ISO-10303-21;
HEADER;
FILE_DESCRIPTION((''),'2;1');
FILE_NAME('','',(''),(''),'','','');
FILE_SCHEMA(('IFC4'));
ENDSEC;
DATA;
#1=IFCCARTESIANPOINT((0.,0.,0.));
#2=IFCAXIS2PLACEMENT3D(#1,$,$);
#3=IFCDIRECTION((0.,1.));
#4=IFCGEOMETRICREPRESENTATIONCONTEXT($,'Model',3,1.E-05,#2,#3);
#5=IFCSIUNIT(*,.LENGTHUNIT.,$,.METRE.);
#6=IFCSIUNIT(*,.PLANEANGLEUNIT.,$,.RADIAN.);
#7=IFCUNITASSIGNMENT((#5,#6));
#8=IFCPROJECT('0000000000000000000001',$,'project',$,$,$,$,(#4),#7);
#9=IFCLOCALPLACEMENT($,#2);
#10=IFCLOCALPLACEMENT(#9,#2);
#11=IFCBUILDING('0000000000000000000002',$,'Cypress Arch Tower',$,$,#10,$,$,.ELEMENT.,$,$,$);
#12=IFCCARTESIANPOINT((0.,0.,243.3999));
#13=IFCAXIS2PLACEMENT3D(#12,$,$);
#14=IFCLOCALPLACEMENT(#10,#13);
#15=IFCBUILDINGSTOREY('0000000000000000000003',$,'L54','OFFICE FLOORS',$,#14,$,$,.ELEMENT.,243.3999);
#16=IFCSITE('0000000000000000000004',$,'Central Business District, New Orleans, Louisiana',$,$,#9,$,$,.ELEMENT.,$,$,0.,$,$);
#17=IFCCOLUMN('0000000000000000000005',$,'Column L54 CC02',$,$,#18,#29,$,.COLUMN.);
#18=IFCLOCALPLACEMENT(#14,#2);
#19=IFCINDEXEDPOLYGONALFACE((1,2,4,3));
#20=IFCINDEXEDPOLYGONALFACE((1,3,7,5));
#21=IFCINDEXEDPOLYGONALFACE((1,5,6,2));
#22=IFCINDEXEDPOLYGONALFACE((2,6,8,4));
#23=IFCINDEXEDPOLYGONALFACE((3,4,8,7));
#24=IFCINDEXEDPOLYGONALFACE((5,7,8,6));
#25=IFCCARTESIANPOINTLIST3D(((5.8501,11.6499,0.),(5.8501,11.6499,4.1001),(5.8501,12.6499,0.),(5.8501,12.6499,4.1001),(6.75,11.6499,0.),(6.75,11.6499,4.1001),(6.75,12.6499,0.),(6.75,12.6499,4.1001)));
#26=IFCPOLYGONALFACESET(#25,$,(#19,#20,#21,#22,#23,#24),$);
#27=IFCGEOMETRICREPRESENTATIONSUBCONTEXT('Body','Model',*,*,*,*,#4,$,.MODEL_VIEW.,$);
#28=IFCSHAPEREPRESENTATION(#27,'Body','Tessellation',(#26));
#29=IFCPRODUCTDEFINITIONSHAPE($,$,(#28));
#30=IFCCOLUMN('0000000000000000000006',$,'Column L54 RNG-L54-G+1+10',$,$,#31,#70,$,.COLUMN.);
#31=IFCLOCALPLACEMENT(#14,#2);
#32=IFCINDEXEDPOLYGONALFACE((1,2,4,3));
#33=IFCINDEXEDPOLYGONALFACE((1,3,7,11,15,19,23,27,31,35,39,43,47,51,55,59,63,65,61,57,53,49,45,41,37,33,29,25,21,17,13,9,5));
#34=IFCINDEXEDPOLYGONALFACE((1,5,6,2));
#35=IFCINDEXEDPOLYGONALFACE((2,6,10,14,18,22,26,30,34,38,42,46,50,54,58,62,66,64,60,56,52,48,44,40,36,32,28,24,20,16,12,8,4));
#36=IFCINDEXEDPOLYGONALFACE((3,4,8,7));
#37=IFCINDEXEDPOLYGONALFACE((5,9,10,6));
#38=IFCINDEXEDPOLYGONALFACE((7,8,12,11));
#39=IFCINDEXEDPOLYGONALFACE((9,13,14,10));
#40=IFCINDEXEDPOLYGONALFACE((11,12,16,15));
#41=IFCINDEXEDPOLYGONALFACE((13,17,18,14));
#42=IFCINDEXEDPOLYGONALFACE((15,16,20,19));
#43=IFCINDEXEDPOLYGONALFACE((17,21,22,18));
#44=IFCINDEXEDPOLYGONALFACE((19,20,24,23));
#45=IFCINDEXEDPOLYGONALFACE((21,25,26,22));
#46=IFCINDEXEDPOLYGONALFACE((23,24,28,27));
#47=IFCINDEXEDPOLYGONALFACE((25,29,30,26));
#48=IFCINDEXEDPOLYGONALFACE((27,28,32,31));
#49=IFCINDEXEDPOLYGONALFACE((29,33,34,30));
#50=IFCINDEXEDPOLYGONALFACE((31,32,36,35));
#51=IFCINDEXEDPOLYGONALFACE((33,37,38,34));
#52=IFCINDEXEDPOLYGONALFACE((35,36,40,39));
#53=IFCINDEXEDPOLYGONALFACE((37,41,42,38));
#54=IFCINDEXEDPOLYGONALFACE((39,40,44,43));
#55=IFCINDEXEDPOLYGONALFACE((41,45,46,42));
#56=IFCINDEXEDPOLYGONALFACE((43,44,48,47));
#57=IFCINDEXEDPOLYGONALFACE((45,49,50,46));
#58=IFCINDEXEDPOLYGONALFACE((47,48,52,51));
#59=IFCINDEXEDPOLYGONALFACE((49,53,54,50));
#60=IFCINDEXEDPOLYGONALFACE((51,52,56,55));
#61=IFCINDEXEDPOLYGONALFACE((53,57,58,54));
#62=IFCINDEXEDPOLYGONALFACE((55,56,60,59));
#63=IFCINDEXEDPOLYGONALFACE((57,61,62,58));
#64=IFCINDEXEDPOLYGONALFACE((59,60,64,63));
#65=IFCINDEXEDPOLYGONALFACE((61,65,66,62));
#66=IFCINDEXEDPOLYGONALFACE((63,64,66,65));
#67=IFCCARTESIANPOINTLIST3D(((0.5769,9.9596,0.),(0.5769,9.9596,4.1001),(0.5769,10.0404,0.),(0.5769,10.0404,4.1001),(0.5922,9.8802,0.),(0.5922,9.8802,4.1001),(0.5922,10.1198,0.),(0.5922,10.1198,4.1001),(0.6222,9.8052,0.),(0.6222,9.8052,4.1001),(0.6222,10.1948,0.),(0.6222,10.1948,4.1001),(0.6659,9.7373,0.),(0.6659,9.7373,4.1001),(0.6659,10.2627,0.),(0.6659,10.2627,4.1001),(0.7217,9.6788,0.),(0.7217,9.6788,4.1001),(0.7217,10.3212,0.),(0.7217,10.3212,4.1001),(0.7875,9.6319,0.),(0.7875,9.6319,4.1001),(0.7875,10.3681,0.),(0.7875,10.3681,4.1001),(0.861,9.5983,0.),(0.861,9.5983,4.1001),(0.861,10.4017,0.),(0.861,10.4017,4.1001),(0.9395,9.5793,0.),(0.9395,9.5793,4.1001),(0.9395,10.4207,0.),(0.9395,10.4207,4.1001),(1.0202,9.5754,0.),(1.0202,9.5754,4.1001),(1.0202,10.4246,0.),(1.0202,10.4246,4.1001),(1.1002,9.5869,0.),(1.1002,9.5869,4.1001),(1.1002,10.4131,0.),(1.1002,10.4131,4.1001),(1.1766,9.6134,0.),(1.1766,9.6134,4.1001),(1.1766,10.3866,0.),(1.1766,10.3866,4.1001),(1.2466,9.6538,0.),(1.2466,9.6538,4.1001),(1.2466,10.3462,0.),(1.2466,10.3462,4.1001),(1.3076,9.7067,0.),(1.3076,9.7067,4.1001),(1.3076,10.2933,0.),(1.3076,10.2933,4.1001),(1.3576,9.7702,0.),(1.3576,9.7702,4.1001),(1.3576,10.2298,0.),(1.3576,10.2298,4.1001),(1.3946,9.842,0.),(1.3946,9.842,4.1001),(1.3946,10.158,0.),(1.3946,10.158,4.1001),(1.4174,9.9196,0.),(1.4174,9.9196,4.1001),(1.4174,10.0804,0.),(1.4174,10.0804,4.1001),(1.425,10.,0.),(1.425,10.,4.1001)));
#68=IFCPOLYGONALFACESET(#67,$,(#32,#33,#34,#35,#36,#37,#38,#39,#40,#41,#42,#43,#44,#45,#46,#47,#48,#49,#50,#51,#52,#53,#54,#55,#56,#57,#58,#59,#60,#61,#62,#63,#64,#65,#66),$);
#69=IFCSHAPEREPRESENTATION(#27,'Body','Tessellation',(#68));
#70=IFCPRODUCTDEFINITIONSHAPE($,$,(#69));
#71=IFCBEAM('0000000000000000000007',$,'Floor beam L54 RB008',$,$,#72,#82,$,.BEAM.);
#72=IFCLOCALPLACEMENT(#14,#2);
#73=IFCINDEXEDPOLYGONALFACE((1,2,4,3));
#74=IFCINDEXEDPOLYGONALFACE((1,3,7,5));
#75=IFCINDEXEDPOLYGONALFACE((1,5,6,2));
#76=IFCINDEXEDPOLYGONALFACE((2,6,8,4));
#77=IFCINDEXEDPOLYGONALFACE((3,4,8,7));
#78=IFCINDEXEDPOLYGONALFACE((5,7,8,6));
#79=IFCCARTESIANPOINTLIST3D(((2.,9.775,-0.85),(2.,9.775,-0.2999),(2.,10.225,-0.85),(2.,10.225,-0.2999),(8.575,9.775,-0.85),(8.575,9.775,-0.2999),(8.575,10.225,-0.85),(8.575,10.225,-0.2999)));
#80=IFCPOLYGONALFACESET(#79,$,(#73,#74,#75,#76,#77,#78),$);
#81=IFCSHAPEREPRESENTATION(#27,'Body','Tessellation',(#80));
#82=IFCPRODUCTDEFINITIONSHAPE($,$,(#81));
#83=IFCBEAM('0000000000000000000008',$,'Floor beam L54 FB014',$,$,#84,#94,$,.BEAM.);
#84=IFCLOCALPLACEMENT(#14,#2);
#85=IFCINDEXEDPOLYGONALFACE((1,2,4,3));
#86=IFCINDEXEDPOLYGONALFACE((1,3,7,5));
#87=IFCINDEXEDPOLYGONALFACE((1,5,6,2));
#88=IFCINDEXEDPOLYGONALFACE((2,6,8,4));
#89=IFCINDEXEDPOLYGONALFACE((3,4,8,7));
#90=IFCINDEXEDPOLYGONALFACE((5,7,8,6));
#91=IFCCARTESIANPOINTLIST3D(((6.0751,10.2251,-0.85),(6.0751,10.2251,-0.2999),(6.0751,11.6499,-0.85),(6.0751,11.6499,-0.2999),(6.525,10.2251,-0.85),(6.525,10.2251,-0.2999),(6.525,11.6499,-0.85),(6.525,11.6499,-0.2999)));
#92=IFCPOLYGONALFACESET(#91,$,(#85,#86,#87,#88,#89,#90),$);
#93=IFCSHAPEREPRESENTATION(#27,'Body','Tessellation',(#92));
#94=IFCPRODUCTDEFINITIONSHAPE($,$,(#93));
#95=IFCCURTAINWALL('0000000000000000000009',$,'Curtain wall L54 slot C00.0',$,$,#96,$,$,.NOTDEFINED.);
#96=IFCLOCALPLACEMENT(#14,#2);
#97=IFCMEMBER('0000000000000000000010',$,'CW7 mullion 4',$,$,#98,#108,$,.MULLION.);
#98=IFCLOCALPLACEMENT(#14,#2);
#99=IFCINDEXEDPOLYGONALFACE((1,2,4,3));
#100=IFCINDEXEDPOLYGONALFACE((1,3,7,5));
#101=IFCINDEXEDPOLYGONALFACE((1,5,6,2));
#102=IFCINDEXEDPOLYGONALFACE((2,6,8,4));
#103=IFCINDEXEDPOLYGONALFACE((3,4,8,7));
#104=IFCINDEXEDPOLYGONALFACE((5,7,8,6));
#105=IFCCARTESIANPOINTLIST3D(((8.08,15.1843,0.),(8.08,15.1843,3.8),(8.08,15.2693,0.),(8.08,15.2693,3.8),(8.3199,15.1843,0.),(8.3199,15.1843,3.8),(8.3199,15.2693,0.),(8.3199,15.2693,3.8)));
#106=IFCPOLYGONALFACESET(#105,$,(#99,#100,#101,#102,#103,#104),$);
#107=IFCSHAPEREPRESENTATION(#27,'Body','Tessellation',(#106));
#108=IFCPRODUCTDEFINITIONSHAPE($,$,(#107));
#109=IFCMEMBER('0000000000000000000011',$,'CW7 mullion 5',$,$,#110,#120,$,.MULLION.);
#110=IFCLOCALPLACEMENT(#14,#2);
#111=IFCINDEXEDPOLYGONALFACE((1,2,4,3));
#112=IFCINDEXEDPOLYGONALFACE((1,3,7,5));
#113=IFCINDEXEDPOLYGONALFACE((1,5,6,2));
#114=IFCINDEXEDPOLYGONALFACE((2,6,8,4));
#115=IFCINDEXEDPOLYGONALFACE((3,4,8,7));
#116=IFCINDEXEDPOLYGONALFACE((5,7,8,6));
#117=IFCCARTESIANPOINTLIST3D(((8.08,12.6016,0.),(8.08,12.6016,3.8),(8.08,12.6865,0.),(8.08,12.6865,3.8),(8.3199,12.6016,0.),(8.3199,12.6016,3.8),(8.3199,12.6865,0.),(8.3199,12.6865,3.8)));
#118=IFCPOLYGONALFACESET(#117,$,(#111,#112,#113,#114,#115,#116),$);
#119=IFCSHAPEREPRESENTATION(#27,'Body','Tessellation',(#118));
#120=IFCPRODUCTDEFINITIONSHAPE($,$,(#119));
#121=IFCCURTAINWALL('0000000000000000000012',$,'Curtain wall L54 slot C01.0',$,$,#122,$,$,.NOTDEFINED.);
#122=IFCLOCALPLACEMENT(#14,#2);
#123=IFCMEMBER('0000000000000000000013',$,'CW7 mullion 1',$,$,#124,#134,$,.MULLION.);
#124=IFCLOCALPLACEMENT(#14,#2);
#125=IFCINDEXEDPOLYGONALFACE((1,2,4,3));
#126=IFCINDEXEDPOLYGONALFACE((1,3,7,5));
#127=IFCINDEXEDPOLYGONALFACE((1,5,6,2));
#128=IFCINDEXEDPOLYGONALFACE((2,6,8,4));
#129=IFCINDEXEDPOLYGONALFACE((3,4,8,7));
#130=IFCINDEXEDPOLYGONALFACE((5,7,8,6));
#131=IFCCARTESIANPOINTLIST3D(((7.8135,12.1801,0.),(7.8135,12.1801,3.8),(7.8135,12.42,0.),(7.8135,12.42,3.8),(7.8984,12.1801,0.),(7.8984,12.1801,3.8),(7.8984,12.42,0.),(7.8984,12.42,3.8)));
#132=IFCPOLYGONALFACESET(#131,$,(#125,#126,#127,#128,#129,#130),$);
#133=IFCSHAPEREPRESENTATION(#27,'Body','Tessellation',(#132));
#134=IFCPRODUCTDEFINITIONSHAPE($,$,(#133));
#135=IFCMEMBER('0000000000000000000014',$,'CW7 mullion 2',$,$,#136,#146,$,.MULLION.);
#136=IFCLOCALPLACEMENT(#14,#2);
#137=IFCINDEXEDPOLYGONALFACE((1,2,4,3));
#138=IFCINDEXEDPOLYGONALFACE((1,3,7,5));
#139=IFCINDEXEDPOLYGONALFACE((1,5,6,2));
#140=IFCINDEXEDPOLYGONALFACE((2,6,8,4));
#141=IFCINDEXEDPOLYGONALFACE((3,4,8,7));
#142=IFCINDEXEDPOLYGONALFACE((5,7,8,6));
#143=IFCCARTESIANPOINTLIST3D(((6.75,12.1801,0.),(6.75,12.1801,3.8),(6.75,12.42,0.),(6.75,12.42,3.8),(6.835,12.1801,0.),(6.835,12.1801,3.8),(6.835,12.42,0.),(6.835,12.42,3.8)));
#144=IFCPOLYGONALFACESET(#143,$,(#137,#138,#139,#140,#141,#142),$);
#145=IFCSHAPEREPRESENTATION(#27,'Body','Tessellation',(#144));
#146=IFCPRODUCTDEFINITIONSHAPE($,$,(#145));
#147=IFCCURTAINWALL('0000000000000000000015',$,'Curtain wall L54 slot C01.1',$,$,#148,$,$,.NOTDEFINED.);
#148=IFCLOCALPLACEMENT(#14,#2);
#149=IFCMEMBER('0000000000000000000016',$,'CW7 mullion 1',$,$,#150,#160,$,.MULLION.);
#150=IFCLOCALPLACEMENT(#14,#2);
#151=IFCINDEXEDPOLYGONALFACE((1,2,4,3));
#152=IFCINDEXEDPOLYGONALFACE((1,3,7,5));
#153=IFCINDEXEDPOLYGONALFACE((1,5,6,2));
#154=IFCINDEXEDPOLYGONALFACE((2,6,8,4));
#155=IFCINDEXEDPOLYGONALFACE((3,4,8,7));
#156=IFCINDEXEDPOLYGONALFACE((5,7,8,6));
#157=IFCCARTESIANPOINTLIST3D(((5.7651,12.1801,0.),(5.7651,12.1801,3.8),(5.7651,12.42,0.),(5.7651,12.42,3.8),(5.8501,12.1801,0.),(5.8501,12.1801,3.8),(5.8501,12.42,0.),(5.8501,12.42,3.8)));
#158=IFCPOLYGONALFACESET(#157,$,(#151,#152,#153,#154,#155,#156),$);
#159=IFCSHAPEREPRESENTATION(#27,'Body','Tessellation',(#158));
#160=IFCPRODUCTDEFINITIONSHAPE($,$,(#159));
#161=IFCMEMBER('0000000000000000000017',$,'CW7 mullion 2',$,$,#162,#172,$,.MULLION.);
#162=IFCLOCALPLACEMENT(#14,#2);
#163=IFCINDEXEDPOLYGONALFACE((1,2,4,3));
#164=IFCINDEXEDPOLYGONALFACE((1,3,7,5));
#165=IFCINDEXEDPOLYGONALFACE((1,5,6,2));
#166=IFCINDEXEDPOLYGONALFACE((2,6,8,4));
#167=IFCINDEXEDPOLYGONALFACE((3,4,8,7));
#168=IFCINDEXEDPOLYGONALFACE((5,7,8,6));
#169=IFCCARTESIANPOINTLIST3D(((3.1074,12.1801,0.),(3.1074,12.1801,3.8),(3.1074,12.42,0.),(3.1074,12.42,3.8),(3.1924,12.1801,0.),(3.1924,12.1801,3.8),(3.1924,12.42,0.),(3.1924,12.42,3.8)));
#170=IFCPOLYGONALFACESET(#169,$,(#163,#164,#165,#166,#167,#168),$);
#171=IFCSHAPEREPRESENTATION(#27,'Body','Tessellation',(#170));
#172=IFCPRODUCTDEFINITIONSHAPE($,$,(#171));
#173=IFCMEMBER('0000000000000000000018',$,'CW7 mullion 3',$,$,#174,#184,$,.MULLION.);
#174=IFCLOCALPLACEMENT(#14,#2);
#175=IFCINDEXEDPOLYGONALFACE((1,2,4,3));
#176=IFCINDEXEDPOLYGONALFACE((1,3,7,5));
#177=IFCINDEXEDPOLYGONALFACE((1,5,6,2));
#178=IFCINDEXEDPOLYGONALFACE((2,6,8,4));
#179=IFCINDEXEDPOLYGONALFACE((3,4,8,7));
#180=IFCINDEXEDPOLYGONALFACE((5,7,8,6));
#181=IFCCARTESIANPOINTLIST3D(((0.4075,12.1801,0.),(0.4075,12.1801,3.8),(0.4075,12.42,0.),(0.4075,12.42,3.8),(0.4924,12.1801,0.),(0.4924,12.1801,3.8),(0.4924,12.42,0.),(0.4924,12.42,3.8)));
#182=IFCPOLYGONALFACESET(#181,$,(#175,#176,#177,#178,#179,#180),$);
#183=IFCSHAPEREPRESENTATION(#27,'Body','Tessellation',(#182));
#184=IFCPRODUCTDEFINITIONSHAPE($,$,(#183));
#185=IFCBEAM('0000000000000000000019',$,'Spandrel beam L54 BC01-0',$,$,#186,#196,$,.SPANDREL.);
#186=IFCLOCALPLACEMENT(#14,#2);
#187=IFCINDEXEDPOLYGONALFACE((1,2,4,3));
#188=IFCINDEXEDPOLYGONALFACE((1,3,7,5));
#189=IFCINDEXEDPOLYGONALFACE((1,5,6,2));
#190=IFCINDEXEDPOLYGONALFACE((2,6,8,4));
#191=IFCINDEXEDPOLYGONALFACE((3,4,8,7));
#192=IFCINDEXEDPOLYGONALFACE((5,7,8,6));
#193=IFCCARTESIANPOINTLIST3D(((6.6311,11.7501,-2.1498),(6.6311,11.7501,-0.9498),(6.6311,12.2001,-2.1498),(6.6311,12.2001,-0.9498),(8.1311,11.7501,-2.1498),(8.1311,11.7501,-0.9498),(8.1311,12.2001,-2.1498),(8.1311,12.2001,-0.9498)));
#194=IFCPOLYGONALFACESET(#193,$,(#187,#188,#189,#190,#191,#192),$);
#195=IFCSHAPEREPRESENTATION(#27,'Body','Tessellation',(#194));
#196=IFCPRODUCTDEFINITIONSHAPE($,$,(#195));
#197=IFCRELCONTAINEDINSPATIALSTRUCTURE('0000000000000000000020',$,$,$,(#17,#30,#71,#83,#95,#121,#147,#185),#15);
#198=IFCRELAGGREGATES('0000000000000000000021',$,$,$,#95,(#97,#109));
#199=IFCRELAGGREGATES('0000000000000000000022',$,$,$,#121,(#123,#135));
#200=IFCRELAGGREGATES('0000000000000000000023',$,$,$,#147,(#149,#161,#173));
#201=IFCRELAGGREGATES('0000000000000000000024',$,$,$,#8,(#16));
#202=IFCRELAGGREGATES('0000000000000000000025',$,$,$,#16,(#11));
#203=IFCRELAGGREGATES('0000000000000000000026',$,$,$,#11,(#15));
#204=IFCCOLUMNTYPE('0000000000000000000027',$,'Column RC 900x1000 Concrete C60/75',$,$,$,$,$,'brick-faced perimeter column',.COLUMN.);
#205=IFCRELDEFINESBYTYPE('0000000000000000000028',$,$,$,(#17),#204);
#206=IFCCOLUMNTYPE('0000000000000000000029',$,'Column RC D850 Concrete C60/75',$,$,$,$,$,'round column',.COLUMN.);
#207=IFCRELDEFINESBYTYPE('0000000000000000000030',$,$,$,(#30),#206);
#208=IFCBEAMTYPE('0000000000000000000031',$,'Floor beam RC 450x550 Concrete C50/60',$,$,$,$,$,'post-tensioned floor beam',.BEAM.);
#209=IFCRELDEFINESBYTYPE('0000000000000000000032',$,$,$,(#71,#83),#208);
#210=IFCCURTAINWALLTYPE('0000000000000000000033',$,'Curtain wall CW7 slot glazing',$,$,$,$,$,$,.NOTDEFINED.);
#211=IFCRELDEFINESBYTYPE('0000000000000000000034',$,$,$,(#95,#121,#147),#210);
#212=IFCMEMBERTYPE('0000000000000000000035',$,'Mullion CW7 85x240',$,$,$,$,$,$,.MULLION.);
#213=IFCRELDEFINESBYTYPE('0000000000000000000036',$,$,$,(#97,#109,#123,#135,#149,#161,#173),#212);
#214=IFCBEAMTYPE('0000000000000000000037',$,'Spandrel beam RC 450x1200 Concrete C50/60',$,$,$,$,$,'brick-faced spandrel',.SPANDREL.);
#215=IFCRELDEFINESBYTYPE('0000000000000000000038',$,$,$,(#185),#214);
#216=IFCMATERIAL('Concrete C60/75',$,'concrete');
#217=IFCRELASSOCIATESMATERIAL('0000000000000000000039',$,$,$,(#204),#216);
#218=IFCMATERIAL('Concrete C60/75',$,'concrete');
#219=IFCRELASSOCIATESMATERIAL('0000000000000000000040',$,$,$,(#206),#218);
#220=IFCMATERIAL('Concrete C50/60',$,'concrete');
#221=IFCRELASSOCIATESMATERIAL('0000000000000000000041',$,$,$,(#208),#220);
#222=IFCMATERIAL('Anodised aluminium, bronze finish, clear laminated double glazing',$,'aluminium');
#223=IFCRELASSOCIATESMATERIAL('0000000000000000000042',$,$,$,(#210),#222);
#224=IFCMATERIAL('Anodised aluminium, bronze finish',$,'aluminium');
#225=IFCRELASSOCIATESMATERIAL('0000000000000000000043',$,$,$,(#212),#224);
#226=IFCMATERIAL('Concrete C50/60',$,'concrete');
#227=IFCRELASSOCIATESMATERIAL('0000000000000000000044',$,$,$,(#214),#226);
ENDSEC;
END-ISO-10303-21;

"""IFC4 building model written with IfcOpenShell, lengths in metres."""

from ifc_helpers import new_model, si_unit, direction, frame, origin, origin_2d, place, context, subcontext, project, spatial, rectangle, circle, extrude, material, material_profile, profile_set, type_object, element, aggregate, save


model = new_model("IFC4")

# Units and contexts
model_context = context("Model", 3, precision=1e-05, world=origin(), true_north=direction((0.0, 1.0)))
body_context = subcontext(model_context, "Body", "Model", "MODEL_VIEW")
ifc_project = project(units=[si_unit("LENGTHUNIT", "METRE"), si_unit("PLANEANGLEUNIT", "RADIAN")], contexts=[model_context])

# Site, building, storey
site_placement = place(None, origin())
site = spatial("IfcSite", under=ifc_project, at=site_placement, Name="Central Business District, New Orleans, Louisiana", CompositionType="ELEMENT", RefElevation=0.0)
building_placement = place(site_placement, origin())
building = spatial("IfcBuilding", under=site, at=building_placement, Name="Cypress Arch Tower", CompositionType="ELEMENT")
storey_placement = place(building_placement, frame((0.0, 0.0, 243.3999)))
storey = spatial("IfcBuildingStorey", under=building, at=storey_placement, Name="L54", Description="OFFICE FLOORS", CompositionType="ELEMENT", Elevation=243.3999)

# Columns
ifc_material_1 = material(Name="Concrete C60/75", Category="concrete")
ifc_material_profile_1 = material_profile(ifc_material_1, rectangle(XDim=0.8999, YDim=1.0, at=origin_2d()), Name="RC 900x1000")
ifc_profile_set_1 = profile_set([ifc_material_profile_1], Name="Concrete C60/75")
column_type_1 = type_object("IfcColumnType", Name="Column RC 900x1000 Concrete C60/75", ElementType="brick-faced perimeter column", PredefinedType="COLUMN", material=ifc_profile_set_1)
column_1_placement = place(storey_placement, frame((6.3, 12.1499, 0.0), z_axis=(0.0, 0.0, 1.0), x_axis=(-1.0, 0.0, 0.0)))
element("IfcColumn", 1, at=column_1_placement, inside=storey, type_object=column_type_1, Name="Column L54 CC02", PredefinedType="COLUMN", context=body_context, shape_type="SweptSolid", body=[
    extrude(rectangle(XDim=0.8999, YDim=1.0, at=origin_2d()), origin(), (0.0, 0.0, 1.0), 4.1001),
])
ifc_material_2 = material(Name="Concrete C60/75", Category="concrete")
ifc_material_profile_2 = material_profile(ifc_material_2, circle(Radius=0.425, at=origin_2d()), Name="RC D850")
ifc_profile_set_2 = profile_set([ifc_material_profile_2], Name="Concrete C60/75")
column_type_2 = type_object("IfcColumnType", Name="Column RC D850 Concrete C60/75", ElementType="round column", PredefinedType="COLUMN", material=ifc_profile_set_2)
column_2_placement = place(storey_placement, frame((1.0, 10.0, 0.0), z_axis=(0.0, 0.0, 1.0), x_axis=(1.0, 0.0, 0.0)))
element("IfcColumn", 2, at=column_2_placement, inside=storey, type_object=column_type_2, Name="Column L54 RNG-L54-G+1+10", PredefinedType="COLUMN", context=body_context, shape_type="SweptSolid", body=[
    extrude(circle(Radius=0.425, at=origin_2d()), origin(), (0.0, 0.0, 1.0), 4.1001),
])

# Beams
ifc_material_3 = material(Name="Concrete C50/60", Category="concrete")
ifc_material_profile_3 = material_profile(ifc_material_3, rectangle(XDim=0.45, YDim=0.55, at=origin_2d()), Name="RC 450x550")
ifc_profile_set_3 = profile_set([ifc_material_profile_3], Name="Concrete C50/60")
beam_type_1 = type_object("IfcBeamType", Name="Floor beam RC 450x550 Concrete C50/60", ElementType="post-tensioned floor beam", PredefinedType="BEAM", material=ifc_profile_set_3)
beam_1_placement = place(storey_placement, frame((2.0, 10.0, -0.575), z_axis=(1.0, 0.0, 0.0), x_axis=(0.0, 1.0, 0.0)))
element("IfcBeam", 3, at=beam_1_placement, inside=storey, type_object=beam_type_1, Name="Floor beam L54 RB008", PredefinedType="BEAM", context=body_context, shape_type="SweptSolid", body=[
    extrude(rectangle(XDim=0.45, YDim=0.55, at=origin_2d()), origin(), (0.0, 0.0, 1.0), 6.575),
])
beam_2_placement = place(storey_placement, frame((6.3, 10.2251, -0.575), z_axis=(0.0, 1.0, 0.0), x_axis=(-1.0, 0.0, 0.0)))
element("IfcBeam", 4, at=beam_2_placement, inside=storey, type_object=beam_type_1, Name="Floor beam L54 FB014", PredefinedType="BEAM", context=body_context, shape_type="SweptSolid", body=[
    extrude(rectangle(XDim=0.45, YDim=0.55, at=origin_2d()), origin(), (0.0, 0.0, 1.0), 1.4248),
])

# Curtain walls, members
ifc_material_4 = material(Name="Anodised aluminium, bronze finish, clear laminated double glazing", Category="aluminium")
curtain_wall_type = type_object("IfcCurtainWallType", Name="Curtain wall CW7 slot glazing", PredefinedType="NOTDEFINED", material=ifc_material_4)
curtain_wall_1_placement = place(storey_placement, origin())
curtain_wall_1 = element("IfcCurtainWall", 5, at=curtain_wall_1_placement, inside=storey, type_object=curtain_wall_type, Name="Curtain wall L54 slot C00.0", PredefinedType="NOTDEFINED")
ifc_material_5 = material(Name="Anodised aluminium, bronze finish", Category="aluminium")
ifc_material_profile_4 = material_profile(ifc_material_5, rectangle(XDim=0.24, YDim=0.085, at=origin_2d()), Name="Mullion 85x240")
ifc_profile_set_4 = profile_set([ifc_material_profile_4], Name="Anodised aluminium, bronze finish")
member_type_1 = type_object("IfcMemberType", Name="Mullion CW7 85x240", PredefinedType="MULLION", material=ifc_profile_set_4)
member_1_placement = place(storey_placement, frame((8.2, 15.2268, 0.0), z_axis=(0.0, 0.0, 1.0), x_axis=(1.0, 0.0, 0.0)))
member_1 = element("IfcMember", 6, at=member_1_placement, type_object=member_type_1, Name="CW7 mullion 4", PredefinedType="MULLION", context=body_context, shape_type="SweptSolid", body=[
    extrude(rectangle(XDim=0.24, YDim=0.085, at=origin_2d()), origin(), (0.0, 0.0, 1.0), 3.8),
])
member_2_placement = place(storey_placement, frame((8.2, 12.644, 0.0), z_axis=(0.0, 0.0, 1.0), x_axis=(1.0, 0.0, 0.0)))
member_2 = element("IfcMember", 7, at=member_2_placement, type_object=member_type_1, Name="CW7 mullion 5", PredefinedType="MULLION", context=body_context, shape_type="SweptSolid", body=[
    extrude(rectangle(XDim=0.24, YDim=0.085, at=origin_2d()), origin(), (0.0, 0.0, 1.0), 3.8),
])
curtain_wall_2_placement = place(storey_placement, origin())
curtain_wall_2 = element("IfcCurtainWall", 8, at=curtain_wall_2_placement, inside=storey, type_object=curtain_wall_type, Name="Curtain wall L54 slot C01.0", PredefinedType="NOTDEFINED")
member_3_placement = place(storey_placement, frame((7.856, 12.3, 0.0), z_axis=(0.0, 0.0, 1.0), x_axis=(0.0, -1.0, 0.0)))
member_3 = element("IfcMember", 9, at=member_3_placement, type_object=member_type_1, Name="CW7 mullion 1", PredefinedType="MULLION", context=body_context, shape_type="SweptSolid", body=[
    extrude(rectangle(XDim=0.24, YDim=0.085, at=origin_2d()), origin(), (0.0, 0.0, 1.0), 3.8),
])
member_4_placement = place(storey_placement, frame((6.7925, 12.3, 0.0), z_axis=(0.0, 0.0, 1.0), x_axis=(0.0, -1.0, 0.0)))
member_4 = element("IfcMember", 10, at=member_4_placement, type_object=member_type_1, Name="CW7 mullion 2", PredefinedType="MULLION", context=body_context, shape_type="SweptSolid", body=[
    extrude(rectangle(XDim=0.24, YDim=0.085, at=origin_2d()), origin(), (0.0, 0.0, 1.0), 3.8),
])
curtain_wall_3_placement = place(storey_placement, origin())
curtain_wall_3 = element("IfcCurtainWall", 11, at=curtain_wall_3_placement, inside=storey, type_object=curtain_wall_type, Name="Curtain wall L54 slot C01.1", PredefinedType="NOTDEFINED")
member_5_placement = place(storey_placement, frame((5.8076, 12.3, 0.0), z_axis=(0.0, 0.0, 1.0), x_axis=(0.0, -1.0, 0.0)))
member_5 = element("IfcMember", 12, at=member_5_placement, type_object=member_type_1, Name="CW7 mullion 1", PredefinedType="MULLION", context=body_context, shape_type="SweptSolid", body=[
    extrude(rectangle(XDim=0.24, YDim=0.085, at=origin_2d()), origin(), (0.0, 0.0, 1.0), 3.8),
])
member_6_placement = place(storey_placement, frame((3.1499, 12.3, 0.0), z_axis=(0.0, 0.0, 1.0), x_axis=(0.0, -1.0, 0.0)))
member_6 = element("IfcMember", 13, at=member_6_placement, type_object=member_type_1, Name="CW7 mullion 2", PredefinedType="MULLION", context=body_context, shape_type="SweptSolid", body=[
    extrude(rectangle(XDim=0.24, YDim=0.085, at=origin_2d()), origin(), (0.0, 0.0, 1.0), 3.8),
])
member_7_placement = place(storey_placement, frame((0.45, 12.3, 0.0), z_axis=(0.0, 0.0, 1.0), x_axis=(0.0, -1.0, 0.0)))
member_7 = element("IfcMember", 14, at=member_7_placement, type_object=member_type_1, Name="CW7 mullion 3", PredefinedType="MULLION", context=body_context, shape_type="SweptSolid", body=[
    extrude(rectangle(XDim=0.24, YDim=0.085, at=origin_2d()), origin(), (0.0, 0.0, 1.0), 3.8),
])

# Beam
ifc_material_6 = material(Name="Concrete C50/60", Category="concrete")
ifc_material_profile_5 = material_profile(ifc_material_6, rectangle(XDim=0.45, YDim=1.2, at=origin_2d()), Name="RC 450x1200")
ifc_profile_set_5 = profile_set([ifc_material_profile_5], Name="Concrete C50/60")
beam_type_2 = type_object("IfcBeamType", Name="Spandrel beam RC 450x1200 Concrete C50/60", ElementType="brick-faced spandrel", PredefinedType="SPANDREL", material=ifc_profile_set_5)
beam_3_placement = place(storey_placement, frame((8.1311, 11.9751, -1.5498), z_axis=(-1.0, 0.0, 0.0), x_axis=(0.0, -1.0, 0.0)))
element("IfcBeam", 15, at=beam_3_placement, inside=storey, type_object=beam_type_2, Name="Spandrel beam L54 BC01-0", PredefinedType="SPANDREL", context=body_context, shape_type="SweptSolid", body=[
    extrude(rectangle(XDim=0.45, YDim=1.2, at=origin_2d()), origin(), (0.0, 0.0, 1.0), 1.5),
])

aggregate(curtain_wall_1, [member_1, member_2])
aggregate(curtain_wall_2, [member_3, member_4])
aggregate(curtain_wall_3, [member_5, member_6, member_7])

save(model, "model.ifc")
